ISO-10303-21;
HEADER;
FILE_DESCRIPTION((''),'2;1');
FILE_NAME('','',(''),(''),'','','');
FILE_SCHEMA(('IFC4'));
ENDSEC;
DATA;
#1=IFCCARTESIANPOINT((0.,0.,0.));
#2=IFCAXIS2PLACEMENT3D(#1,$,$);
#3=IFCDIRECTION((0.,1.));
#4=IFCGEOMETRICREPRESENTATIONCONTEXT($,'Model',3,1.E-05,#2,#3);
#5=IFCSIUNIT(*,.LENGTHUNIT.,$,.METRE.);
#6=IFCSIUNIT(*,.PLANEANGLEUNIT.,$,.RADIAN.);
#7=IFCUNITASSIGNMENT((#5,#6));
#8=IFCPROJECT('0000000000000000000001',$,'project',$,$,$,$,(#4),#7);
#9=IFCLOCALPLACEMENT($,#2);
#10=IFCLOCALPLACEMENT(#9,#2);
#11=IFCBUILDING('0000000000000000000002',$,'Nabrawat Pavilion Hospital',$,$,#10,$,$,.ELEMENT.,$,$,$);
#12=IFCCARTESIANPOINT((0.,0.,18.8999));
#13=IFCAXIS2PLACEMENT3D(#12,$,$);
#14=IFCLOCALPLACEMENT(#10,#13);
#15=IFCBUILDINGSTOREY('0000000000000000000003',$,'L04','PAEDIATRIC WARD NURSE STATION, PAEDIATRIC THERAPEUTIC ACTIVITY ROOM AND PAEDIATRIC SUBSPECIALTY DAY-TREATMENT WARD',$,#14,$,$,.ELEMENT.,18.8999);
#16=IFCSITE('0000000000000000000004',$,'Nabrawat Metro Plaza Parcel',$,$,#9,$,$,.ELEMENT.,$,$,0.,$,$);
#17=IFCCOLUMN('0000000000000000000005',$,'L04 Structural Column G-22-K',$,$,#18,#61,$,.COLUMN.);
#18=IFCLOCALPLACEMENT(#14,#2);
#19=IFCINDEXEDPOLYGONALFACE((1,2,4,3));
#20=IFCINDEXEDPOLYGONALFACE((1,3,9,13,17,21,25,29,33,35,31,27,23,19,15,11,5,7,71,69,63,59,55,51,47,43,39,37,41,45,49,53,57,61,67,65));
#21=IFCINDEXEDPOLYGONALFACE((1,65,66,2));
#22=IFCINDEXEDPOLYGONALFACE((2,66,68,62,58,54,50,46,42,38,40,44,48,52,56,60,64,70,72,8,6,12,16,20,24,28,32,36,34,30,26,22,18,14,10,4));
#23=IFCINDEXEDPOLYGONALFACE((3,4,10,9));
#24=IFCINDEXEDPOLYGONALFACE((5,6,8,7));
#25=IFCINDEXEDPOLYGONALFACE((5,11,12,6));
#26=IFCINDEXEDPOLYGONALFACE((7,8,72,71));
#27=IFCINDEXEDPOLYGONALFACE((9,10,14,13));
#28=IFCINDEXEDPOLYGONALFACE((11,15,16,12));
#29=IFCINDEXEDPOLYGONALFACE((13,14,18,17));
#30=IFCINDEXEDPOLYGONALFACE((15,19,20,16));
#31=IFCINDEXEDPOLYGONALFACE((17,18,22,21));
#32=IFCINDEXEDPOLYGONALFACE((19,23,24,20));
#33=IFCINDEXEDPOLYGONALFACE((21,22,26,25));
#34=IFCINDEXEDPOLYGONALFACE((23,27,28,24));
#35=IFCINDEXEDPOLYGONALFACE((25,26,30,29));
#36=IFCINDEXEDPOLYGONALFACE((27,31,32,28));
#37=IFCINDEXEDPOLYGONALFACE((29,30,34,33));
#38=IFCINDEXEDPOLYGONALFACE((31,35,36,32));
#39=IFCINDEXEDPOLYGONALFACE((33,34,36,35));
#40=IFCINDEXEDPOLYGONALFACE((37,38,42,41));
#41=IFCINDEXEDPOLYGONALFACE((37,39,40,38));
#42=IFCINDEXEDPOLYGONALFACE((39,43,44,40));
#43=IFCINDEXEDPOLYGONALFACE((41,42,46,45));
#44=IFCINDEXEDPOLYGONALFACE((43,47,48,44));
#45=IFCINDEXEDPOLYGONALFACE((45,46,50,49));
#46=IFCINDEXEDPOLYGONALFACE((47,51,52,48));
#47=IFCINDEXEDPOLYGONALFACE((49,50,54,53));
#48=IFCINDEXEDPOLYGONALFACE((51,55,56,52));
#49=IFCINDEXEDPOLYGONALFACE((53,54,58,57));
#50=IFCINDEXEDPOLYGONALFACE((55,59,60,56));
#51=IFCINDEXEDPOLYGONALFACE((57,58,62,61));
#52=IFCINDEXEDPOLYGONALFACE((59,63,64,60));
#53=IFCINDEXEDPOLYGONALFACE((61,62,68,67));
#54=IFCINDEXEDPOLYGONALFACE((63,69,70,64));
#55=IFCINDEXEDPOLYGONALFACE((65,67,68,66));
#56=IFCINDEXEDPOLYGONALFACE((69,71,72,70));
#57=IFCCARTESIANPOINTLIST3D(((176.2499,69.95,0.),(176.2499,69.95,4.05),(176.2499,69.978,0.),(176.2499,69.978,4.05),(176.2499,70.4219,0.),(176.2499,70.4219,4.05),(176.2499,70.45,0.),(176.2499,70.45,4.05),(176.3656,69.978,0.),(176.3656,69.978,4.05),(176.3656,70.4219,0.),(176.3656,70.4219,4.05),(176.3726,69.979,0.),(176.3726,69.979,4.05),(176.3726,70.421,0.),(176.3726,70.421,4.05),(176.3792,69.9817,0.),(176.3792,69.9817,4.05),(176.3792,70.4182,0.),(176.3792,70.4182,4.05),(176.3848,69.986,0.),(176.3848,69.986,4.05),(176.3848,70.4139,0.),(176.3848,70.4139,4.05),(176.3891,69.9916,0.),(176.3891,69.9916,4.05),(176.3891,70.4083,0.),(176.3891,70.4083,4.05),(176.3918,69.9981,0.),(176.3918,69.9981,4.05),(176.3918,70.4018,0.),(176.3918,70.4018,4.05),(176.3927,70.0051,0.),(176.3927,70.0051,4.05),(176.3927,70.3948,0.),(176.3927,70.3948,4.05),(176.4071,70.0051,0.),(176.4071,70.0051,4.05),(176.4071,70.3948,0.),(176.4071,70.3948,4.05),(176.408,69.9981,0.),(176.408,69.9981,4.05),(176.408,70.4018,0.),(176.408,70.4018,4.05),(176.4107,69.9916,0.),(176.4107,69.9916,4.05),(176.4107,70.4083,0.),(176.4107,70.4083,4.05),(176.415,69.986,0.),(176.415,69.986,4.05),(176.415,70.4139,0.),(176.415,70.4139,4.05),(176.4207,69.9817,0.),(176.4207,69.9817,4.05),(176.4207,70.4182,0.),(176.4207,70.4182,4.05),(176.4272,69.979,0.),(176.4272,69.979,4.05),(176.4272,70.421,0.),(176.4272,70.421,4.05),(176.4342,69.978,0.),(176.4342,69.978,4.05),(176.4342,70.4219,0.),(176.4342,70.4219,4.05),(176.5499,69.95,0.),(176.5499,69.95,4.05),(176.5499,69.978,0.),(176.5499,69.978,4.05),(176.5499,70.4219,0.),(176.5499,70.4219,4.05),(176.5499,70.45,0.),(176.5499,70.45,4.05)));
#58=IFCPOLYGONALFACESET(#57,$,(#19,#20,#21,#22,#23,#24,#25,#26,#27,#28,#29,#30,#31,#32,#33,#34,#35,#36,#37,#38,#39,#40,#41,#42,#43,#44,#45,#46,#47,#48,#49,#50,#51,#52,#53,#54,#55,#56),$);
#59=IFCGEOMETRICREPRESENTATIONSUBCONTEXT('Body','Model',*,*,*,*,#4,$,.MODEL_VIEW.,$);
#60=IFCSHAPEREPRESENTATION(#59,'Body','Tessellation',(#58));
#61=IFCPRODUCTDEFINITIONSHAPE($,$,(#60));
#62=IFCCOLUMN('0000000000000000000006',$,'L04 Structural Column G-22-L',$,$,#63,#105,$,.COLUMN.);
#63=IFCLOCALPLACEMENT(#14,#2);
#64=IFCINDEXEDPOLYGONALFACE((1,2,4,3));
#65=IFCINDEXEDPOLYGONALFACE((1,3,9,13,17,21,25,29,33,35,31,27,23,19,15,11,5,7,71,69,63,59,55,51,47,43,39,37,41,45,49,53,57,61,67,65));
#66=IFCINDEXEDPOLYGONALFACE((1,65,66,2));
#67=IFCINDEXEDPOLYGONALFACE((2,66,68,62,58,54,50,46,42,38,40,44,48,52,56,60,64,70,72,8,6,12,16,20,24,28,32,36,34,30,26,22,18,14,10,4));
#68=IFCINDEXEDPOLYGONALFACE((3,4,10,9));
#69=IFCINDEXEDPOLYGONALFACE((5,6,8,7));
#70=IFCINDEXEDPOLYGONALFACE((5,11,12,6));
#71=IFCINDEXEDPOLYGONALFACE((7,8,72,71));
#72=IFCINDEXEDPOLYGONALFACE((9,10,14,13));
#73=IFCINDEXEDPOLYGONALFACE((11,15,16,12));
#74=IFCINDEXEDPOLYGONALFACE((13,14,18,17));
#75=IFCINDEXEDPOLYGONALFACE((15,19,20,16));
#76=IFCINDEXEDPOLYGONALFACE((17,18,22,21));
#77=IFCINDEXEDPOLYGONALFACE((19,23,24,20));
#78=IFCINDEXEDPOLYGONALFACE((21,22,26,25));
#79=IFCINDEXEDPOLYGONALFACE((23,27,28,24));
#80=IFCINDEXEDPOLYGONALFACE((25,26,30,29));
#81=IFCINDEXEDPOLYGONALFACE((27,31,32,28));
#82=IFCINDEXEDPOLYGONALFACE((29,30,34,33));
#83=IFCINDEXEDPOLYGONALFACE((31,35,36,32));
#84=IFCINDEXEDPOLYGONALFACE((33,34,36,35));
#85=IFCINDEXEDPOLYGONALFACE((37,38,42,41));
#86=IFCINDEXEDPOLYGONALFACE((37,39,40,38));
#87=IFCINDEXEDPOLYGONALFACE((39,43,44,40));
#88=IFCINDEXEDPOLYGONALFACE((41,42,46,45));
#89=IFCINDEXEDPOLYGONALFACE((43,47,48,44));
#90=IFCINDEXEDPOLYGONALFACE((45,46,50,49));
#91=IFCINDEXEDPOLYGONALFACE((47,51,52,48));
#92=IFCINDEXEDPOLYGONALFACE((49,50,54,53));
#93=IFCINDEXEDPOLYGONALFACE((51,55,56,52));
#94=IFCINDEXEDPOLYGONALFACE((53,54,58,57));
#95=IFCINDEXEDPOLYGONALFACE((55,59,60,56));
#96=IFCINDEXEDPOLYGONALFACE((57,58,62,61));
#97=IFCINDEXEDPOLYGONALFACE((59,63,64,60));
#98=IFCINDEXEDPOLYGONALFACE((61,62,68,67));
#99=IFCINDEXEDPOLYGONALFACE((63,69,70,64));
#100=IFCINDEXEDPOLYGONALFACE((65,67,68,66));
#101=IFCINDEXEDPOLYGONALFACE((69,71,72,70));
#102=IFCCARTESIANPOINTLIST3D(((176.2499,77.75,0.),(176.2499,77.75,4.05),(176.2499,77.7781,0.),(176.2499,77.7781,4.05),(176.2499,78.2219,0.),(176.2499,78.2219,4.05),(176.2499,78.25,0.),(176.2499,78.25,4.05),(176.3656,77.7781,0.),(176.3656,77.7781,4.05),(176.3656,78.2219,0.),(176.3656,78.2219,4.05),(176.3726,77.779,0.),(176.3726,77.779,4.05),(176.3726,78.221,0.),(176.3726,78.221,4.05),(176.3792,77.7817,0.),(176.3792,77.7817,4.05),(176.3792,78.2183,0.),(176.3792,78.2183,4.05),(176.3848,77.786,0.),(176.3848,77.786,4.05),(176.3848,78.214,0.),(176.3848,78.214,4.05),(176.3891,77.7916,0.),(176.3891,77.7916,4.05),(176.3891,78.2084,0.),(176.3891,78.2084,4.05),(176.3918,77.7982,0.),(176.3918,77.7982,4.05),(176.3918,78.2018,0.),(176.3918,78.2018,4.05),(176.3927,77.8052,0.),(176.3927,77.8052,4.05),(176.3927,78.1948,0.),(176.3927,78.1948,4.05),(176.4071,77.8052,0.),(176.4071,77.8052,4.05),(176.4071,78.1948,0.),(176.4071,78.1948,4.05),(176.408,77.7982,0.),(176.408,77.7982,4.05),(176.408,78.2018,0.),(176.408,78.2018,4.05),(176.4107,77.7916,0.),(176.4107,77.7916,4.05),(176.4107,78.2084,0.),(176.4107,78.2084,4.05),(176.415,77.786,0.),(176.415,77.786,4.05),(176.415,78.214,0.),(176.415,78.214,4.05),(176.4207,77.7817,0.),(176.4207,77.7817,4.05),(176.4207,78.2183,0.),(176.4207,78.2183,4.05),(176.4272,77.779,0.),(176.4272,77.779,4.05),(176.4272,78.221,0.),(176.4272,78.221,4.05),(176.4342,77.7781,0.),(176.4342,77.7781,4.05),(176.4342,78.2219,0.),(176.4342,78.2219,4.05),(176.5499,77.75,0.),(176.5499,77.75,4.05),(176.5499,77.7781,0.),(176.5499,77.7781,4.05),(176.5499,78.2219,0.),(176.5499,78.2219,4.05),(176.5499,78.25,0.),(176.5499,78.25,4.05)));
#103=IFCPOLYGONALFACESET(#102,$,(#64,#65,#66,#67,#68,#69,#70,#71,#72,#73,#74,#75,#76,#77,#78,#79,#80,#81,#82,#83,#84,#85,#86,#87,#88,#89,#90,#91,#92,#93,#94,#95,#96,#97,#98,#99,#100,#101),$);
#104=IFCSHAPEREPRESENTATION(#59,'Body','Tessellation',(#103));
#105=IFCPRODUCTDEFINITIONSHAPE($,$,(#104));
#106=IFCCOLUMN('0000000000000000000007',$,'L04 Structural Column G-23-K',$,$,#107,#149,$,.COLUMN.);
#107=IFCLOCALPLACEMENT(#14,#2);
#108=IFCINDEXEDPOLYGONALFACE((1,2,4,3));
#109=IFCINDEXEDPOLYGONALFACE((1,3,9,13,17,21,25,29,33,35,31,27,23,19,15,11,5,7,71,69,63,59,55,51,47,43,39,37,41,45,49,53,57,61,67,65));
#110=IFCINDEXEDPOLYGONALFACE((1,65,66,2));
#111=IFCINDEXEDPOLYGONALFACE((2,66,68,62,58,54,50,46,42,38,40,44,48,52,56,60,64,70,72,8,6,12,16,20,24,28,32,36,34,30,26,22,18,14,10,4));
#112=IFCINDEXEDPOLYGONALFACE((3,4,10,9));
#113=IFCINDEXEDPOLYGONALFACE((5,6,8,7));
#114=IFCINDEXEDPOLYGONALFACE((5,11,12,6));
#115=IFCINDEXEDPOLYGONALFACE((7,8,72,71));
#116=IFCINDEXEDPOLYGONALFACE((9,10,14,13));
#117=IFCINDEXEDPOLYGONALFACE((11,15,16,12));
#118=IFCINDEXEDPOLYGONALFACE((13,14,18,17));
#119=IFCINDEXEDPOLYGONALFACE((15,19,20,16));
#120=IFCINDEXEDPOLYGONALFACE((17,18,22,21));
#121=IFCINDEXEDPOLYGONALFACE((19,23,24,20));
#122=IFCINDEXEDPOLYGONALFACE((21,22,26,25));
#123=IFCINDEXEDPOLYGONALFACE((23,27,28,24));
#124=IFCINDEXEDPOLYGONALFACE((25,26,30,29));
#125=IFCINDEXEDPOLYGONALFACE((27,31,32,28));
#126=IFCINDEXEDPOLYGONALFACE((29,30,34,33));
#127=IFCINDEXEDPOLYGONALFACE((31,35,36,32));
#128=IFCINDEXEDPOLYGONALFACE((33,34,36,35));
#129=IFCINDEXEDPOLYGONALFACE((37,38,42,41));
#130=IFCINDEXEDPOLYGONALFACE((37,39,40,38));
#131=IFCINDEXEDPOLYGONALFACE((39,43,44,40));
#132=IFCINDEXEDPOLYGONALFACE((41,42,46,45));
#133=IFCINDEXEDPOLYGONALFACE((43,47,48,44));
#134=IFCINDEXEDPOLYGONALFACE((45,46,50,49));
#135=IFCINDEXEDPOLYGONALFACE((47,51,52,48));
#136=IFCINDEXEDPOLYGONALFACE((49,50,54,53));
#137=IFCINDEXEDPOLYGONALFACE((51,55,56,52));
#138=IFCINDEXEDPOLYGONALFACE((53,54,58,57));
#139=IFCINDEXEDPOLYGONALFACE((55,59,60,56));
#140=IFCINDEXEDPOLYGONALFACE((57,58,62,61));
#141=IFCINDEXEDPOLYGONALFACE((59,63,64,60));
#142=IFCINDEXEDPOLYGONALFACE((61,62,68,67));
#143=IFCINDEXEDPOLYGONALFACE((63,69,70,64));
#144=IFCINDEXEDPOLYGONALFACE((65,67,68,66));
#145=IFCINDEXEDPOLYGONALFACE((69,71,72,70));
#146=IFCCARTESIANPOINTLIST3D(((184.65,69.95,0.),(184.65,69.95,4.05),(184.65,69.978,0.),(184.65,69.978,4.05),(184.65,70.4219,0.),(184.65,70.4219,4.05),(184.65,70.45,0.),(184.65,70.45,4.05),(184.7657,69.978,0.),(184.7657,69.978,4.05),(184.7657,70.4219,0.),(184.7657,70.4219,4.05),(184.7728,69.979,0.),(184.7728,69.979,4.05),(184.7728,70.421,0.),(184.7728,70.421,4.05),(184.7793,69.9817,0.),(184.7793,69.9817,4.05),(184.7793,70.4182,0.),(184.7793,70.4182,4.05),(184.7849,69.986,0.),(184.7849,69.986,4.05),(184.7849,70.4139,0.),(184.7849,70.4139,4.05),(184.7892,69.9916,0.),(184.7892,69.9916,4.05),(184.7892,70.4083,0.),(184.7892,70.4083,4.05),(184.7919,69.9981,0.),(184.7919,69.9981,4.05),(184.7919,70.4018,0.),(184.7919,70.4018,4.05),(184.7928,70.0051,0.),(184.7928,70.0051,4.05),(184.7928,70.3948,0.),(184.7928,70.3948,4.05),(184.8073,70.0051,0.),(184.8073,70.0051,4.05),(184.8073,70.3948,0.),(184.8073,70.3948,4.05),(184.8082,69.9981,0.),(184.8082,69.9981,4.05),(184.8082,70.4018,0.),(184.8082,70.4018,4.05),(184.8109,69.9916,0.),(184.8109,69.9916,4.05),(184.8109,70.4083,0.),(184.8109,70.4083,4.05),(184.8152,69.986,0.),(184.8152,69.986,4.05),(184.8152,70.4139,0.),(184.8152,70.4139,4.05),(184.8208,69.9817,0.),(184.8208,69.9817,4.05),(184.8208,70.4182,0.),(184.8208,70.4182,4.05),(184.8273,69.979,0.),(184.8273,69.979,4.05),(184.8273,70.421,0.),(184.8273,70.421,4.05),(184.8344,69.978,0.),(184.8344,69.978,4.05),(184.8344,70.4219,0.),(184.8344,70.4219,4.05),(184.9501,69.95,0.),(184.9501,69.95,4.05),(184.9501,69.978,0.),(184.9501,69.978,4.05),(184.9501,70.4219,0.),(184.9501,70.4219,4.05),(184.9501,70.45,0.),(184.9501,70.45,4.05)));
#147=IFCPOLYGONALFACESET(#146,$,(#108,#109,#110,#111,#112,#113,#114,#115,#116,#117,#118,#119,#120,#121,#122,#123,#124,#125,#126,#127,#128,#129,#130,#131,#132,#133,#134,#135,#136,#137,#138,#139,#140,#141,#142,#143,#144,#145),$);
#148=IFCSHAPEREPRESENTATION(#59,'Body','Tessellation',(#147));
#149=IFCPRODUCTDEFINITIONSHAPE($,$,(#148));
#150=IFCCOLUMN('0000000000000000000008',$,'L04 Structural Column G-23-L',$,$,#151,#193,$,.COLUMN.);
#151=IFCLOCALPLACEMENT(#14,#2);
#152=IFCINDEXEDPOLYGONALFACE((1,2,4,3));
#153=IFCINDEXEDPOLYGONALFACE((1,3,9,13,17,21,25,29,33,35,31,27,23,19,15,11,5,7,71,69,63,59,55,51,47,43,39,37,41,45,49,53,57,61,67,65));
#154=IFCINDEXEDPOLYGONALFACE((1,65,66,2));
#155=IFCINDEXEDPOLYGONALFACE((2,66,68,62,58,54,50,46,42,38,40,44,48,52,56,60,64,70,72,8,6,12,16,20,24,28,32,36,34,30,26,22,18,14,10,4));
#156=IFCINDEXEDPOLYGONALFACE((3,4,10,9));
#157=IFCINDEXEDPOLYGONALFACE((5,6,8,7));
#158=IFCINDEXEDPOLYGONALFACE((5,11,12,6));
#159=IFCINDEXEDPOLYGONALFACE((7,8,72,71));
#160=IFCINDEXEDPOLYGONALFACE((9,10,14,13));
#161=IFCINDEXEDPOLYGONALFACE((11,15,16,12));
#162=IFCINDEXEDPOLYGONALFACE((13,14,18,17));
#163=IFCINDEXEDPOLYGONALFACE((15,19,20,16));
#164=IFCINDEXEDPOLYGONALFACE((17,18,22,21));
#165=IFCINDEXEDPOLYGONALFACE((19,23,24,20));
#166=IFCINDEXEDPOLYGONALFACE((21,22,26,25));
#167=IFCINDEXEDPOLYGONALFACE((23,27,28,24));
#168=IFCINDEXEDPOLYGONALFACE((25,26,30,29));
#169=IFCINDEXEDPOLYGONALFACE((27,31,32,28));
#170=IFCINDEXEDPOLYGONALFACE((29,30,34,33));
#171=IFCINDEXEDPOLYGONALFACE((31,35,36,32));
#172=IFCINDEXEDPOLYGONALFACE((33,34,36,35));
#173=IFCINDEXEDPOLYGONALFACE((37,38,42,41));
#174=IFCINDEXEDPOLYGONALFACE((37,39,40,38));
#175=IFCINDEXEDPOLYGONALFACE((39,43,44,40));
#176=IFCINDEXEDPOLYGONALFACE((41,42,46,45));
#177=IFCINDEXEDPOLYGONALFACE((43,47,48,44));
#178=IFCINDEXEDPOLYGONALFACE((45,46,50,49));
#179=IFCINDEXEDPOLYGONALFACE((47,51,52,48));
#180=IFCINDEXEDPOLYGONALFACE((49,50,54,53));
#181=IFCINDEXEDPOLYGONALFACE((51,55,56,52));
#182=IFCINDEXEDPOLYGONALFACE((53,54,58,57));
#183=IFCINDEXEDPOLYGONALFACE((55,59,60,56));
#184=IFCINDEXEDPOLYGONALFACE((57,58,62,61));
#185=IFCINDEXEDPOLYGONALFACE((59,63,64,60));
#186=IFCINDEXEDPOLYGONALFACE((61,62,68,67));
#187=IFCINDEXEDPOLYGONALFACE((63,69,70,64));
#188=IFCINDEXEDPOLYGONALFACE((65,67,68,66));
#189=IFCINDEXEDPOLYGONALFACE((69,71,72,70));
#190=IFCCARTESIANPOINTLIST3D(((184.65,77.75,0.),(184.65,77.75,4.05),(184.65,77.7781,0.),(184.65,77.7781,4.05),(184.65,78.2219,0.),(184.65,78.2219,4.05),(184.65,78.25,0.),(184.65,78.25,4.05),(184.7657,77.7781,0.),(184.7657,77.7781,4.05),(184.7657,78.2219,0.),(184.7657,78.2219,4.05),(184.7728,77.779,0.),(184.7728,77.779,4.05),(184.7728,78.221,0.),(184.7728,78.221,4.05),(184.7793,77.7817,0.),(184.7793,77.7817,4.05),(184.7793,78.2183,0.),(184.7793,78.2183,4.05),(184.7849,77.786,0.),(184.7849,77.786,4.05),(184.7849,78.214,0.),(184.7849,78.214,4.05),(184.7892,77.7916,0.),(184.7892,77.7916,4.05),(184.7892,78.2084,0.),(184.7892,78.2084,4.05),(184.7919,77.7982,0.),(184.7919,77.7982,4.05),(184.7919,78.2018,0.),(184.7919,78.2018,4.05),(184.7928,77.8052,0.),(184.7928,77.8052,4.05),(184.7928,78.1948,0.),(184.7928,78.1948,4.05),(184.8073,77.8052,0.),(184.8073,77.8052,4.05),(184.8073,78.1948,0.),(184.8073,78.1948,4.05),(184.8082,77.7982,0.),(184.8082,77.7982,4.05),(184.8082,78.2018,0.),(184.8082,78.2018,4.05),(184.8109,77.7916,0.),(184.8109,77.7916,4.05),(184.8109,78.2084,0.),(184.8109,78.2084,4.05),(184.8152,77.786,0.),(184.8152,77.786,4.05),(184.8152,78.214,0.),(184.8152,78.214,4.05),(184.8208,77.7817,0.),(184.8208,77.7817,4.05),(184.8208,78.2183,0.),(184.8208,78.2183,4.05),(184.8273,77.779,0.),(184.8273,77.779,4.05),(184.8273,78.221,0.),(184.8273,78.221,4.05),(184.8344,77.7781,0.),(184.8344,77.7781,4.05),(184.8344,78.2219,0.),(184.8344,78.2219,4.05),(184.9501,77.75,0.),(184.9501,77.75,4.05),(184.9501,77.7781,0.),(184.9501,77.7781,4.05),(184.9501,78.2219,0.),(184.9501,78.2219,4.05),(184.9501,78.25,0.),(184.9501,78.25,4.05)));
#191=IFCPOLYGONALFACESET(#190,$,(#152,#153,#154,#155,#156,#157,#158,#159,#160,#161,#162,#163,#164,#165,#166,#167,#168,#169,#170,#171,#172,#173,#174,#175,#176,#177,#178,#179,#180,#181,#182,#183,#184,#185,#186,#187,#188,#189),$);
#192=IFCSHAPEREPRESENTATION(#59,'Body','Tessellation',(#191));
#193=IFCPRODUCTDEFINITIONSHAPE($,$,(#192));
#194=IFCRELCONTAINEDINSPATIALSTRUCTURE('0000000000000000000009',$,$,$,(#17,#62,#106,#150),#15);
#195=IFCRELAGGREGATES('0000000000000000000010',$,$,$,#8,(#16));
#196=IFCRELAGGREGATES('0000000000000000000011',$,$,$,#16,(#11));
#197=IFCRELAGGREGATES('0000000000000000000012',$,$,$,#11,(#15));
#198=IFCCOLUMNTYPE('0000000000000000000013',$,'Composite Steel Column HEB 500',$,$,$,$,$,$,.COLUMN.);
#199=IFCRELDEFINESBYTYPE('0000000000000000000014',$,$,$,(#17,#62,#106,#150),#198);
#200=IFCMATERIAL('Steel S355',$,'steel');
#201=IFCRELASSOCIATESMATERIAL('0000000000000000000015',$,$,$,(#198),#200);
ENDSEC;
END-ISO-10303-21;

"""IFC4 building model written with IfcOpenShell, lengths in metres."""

from ifc_helpers import new_model, si_unit, direction, frame, origin, origin_2d, place, context, subcontext, project, spatial, i_section, extrude, material, material_profile, profile_set, type_object, element, save


model = new_model("IFC4")

# Units and contexts
model_context = context("Model", 3, precision=1e-05, world=origin(), true_north=direction((0.0, 1.0)))
body_context = subcontext(model_context, "Body", "Model", "MODEL_VIEW")
ifc_project = project(units=[si_unit("LENGTHUNIT", "METRE"), si_unit("PLANEANGLEUNIT", "RADIAN")], contexts=[model_context])

# Site, building, storey
site_placement = place(None, origin())
site = spatial("IfcSite", under=ifc_project, at=site_placement, Name="Nabrawat Metro Plaza Parcel", CompositionType="ELEMENT", RefElevation=0.0)
building_placement = place(site_placement, origin())
building = spatial("IfcBuilding", under=site, at=building_placement, Name="Nabrawat Pavilion Hospital", CompositionType="ELEMENT")
storey_placement = place(building_placement, frame((0.0, 0.0, 18.8999)))
storey = spatial("IfcBuildingStorey", under=building, at=storey_placement, Name="L04", Description="PAEDIATRIC WARD NURSE STATION, PAEDIATRIC THERAPEUTIC ACTIVITY ROOM AND PAEDIATRIC SUBSPECIALTY DAY-TREATMENT WARD", CompositionType="ELEMENT", Elevation=18.8999)

# Columns
ifc_material_1 = material(Name="Steel S355", Category="steel")
ifc_material_profile_1 = material_profile(ifc_material_1, i_section(OverallWidth=0.3, OverallDepth=0.5, WebThickness=0.0144, FlangeThickness=0.0281, FilletRadius=0.0271, at=origin_2d()), Name="HEB 500")
ifc_profile_set_1 = profile_set([ifc_material_profile_1], Name="Steel S355")
column_type = type_object("IfcColumnType", Name="Composite Steel Column HEB 500", PredefinedType="COLUMN", material=ifc_profile_set_1)
for number, where, z_axis, x_axis, name in (
    (1, (176.3999, 70.2, 0.0), (0.0, 0.0, 1.0), (1.0, 0.0, 0.0), "L04 Structural Column G-22-K"),
    (2, (176.3999, 78.0, 0.0), (0.0, 0.0, 1.0), (1.0, 0.0, 0.0), "L04 Structural Column G-22-L"),
    (3, (184.8, 70.2, 0.0), (0.0, 0.0, 1.0), (1.0, 0.0, 0.0), "L04 Structural Column G-23-K"),
    (4, (184.8, 78.0, 0.0), (0.0, 0.0, 1.0), (1.0, 0.0, 0.0), "L04 Structural Column G-23-L"),
):
    element("IfcColumn", number, at=place(storey_placement, frame(where, z_axis=z_axis, x_axis=x_axis)), inside=storey, type_object=column_type, Name=name, PredefinedType="COLUMN", context=body_context, shape_type="SweptSolid", body=[
        extrude(i_section(OverallWidth=0.3, OverallDepth=0.5, WebThickness=0.0144, FlangeThickness=0.0281, FilletRadius=0.0271, at=origin_2d()), origin(), (0.0, 0.0, 1.0), 4.05),
    ])

save(model, "model.ifc")
